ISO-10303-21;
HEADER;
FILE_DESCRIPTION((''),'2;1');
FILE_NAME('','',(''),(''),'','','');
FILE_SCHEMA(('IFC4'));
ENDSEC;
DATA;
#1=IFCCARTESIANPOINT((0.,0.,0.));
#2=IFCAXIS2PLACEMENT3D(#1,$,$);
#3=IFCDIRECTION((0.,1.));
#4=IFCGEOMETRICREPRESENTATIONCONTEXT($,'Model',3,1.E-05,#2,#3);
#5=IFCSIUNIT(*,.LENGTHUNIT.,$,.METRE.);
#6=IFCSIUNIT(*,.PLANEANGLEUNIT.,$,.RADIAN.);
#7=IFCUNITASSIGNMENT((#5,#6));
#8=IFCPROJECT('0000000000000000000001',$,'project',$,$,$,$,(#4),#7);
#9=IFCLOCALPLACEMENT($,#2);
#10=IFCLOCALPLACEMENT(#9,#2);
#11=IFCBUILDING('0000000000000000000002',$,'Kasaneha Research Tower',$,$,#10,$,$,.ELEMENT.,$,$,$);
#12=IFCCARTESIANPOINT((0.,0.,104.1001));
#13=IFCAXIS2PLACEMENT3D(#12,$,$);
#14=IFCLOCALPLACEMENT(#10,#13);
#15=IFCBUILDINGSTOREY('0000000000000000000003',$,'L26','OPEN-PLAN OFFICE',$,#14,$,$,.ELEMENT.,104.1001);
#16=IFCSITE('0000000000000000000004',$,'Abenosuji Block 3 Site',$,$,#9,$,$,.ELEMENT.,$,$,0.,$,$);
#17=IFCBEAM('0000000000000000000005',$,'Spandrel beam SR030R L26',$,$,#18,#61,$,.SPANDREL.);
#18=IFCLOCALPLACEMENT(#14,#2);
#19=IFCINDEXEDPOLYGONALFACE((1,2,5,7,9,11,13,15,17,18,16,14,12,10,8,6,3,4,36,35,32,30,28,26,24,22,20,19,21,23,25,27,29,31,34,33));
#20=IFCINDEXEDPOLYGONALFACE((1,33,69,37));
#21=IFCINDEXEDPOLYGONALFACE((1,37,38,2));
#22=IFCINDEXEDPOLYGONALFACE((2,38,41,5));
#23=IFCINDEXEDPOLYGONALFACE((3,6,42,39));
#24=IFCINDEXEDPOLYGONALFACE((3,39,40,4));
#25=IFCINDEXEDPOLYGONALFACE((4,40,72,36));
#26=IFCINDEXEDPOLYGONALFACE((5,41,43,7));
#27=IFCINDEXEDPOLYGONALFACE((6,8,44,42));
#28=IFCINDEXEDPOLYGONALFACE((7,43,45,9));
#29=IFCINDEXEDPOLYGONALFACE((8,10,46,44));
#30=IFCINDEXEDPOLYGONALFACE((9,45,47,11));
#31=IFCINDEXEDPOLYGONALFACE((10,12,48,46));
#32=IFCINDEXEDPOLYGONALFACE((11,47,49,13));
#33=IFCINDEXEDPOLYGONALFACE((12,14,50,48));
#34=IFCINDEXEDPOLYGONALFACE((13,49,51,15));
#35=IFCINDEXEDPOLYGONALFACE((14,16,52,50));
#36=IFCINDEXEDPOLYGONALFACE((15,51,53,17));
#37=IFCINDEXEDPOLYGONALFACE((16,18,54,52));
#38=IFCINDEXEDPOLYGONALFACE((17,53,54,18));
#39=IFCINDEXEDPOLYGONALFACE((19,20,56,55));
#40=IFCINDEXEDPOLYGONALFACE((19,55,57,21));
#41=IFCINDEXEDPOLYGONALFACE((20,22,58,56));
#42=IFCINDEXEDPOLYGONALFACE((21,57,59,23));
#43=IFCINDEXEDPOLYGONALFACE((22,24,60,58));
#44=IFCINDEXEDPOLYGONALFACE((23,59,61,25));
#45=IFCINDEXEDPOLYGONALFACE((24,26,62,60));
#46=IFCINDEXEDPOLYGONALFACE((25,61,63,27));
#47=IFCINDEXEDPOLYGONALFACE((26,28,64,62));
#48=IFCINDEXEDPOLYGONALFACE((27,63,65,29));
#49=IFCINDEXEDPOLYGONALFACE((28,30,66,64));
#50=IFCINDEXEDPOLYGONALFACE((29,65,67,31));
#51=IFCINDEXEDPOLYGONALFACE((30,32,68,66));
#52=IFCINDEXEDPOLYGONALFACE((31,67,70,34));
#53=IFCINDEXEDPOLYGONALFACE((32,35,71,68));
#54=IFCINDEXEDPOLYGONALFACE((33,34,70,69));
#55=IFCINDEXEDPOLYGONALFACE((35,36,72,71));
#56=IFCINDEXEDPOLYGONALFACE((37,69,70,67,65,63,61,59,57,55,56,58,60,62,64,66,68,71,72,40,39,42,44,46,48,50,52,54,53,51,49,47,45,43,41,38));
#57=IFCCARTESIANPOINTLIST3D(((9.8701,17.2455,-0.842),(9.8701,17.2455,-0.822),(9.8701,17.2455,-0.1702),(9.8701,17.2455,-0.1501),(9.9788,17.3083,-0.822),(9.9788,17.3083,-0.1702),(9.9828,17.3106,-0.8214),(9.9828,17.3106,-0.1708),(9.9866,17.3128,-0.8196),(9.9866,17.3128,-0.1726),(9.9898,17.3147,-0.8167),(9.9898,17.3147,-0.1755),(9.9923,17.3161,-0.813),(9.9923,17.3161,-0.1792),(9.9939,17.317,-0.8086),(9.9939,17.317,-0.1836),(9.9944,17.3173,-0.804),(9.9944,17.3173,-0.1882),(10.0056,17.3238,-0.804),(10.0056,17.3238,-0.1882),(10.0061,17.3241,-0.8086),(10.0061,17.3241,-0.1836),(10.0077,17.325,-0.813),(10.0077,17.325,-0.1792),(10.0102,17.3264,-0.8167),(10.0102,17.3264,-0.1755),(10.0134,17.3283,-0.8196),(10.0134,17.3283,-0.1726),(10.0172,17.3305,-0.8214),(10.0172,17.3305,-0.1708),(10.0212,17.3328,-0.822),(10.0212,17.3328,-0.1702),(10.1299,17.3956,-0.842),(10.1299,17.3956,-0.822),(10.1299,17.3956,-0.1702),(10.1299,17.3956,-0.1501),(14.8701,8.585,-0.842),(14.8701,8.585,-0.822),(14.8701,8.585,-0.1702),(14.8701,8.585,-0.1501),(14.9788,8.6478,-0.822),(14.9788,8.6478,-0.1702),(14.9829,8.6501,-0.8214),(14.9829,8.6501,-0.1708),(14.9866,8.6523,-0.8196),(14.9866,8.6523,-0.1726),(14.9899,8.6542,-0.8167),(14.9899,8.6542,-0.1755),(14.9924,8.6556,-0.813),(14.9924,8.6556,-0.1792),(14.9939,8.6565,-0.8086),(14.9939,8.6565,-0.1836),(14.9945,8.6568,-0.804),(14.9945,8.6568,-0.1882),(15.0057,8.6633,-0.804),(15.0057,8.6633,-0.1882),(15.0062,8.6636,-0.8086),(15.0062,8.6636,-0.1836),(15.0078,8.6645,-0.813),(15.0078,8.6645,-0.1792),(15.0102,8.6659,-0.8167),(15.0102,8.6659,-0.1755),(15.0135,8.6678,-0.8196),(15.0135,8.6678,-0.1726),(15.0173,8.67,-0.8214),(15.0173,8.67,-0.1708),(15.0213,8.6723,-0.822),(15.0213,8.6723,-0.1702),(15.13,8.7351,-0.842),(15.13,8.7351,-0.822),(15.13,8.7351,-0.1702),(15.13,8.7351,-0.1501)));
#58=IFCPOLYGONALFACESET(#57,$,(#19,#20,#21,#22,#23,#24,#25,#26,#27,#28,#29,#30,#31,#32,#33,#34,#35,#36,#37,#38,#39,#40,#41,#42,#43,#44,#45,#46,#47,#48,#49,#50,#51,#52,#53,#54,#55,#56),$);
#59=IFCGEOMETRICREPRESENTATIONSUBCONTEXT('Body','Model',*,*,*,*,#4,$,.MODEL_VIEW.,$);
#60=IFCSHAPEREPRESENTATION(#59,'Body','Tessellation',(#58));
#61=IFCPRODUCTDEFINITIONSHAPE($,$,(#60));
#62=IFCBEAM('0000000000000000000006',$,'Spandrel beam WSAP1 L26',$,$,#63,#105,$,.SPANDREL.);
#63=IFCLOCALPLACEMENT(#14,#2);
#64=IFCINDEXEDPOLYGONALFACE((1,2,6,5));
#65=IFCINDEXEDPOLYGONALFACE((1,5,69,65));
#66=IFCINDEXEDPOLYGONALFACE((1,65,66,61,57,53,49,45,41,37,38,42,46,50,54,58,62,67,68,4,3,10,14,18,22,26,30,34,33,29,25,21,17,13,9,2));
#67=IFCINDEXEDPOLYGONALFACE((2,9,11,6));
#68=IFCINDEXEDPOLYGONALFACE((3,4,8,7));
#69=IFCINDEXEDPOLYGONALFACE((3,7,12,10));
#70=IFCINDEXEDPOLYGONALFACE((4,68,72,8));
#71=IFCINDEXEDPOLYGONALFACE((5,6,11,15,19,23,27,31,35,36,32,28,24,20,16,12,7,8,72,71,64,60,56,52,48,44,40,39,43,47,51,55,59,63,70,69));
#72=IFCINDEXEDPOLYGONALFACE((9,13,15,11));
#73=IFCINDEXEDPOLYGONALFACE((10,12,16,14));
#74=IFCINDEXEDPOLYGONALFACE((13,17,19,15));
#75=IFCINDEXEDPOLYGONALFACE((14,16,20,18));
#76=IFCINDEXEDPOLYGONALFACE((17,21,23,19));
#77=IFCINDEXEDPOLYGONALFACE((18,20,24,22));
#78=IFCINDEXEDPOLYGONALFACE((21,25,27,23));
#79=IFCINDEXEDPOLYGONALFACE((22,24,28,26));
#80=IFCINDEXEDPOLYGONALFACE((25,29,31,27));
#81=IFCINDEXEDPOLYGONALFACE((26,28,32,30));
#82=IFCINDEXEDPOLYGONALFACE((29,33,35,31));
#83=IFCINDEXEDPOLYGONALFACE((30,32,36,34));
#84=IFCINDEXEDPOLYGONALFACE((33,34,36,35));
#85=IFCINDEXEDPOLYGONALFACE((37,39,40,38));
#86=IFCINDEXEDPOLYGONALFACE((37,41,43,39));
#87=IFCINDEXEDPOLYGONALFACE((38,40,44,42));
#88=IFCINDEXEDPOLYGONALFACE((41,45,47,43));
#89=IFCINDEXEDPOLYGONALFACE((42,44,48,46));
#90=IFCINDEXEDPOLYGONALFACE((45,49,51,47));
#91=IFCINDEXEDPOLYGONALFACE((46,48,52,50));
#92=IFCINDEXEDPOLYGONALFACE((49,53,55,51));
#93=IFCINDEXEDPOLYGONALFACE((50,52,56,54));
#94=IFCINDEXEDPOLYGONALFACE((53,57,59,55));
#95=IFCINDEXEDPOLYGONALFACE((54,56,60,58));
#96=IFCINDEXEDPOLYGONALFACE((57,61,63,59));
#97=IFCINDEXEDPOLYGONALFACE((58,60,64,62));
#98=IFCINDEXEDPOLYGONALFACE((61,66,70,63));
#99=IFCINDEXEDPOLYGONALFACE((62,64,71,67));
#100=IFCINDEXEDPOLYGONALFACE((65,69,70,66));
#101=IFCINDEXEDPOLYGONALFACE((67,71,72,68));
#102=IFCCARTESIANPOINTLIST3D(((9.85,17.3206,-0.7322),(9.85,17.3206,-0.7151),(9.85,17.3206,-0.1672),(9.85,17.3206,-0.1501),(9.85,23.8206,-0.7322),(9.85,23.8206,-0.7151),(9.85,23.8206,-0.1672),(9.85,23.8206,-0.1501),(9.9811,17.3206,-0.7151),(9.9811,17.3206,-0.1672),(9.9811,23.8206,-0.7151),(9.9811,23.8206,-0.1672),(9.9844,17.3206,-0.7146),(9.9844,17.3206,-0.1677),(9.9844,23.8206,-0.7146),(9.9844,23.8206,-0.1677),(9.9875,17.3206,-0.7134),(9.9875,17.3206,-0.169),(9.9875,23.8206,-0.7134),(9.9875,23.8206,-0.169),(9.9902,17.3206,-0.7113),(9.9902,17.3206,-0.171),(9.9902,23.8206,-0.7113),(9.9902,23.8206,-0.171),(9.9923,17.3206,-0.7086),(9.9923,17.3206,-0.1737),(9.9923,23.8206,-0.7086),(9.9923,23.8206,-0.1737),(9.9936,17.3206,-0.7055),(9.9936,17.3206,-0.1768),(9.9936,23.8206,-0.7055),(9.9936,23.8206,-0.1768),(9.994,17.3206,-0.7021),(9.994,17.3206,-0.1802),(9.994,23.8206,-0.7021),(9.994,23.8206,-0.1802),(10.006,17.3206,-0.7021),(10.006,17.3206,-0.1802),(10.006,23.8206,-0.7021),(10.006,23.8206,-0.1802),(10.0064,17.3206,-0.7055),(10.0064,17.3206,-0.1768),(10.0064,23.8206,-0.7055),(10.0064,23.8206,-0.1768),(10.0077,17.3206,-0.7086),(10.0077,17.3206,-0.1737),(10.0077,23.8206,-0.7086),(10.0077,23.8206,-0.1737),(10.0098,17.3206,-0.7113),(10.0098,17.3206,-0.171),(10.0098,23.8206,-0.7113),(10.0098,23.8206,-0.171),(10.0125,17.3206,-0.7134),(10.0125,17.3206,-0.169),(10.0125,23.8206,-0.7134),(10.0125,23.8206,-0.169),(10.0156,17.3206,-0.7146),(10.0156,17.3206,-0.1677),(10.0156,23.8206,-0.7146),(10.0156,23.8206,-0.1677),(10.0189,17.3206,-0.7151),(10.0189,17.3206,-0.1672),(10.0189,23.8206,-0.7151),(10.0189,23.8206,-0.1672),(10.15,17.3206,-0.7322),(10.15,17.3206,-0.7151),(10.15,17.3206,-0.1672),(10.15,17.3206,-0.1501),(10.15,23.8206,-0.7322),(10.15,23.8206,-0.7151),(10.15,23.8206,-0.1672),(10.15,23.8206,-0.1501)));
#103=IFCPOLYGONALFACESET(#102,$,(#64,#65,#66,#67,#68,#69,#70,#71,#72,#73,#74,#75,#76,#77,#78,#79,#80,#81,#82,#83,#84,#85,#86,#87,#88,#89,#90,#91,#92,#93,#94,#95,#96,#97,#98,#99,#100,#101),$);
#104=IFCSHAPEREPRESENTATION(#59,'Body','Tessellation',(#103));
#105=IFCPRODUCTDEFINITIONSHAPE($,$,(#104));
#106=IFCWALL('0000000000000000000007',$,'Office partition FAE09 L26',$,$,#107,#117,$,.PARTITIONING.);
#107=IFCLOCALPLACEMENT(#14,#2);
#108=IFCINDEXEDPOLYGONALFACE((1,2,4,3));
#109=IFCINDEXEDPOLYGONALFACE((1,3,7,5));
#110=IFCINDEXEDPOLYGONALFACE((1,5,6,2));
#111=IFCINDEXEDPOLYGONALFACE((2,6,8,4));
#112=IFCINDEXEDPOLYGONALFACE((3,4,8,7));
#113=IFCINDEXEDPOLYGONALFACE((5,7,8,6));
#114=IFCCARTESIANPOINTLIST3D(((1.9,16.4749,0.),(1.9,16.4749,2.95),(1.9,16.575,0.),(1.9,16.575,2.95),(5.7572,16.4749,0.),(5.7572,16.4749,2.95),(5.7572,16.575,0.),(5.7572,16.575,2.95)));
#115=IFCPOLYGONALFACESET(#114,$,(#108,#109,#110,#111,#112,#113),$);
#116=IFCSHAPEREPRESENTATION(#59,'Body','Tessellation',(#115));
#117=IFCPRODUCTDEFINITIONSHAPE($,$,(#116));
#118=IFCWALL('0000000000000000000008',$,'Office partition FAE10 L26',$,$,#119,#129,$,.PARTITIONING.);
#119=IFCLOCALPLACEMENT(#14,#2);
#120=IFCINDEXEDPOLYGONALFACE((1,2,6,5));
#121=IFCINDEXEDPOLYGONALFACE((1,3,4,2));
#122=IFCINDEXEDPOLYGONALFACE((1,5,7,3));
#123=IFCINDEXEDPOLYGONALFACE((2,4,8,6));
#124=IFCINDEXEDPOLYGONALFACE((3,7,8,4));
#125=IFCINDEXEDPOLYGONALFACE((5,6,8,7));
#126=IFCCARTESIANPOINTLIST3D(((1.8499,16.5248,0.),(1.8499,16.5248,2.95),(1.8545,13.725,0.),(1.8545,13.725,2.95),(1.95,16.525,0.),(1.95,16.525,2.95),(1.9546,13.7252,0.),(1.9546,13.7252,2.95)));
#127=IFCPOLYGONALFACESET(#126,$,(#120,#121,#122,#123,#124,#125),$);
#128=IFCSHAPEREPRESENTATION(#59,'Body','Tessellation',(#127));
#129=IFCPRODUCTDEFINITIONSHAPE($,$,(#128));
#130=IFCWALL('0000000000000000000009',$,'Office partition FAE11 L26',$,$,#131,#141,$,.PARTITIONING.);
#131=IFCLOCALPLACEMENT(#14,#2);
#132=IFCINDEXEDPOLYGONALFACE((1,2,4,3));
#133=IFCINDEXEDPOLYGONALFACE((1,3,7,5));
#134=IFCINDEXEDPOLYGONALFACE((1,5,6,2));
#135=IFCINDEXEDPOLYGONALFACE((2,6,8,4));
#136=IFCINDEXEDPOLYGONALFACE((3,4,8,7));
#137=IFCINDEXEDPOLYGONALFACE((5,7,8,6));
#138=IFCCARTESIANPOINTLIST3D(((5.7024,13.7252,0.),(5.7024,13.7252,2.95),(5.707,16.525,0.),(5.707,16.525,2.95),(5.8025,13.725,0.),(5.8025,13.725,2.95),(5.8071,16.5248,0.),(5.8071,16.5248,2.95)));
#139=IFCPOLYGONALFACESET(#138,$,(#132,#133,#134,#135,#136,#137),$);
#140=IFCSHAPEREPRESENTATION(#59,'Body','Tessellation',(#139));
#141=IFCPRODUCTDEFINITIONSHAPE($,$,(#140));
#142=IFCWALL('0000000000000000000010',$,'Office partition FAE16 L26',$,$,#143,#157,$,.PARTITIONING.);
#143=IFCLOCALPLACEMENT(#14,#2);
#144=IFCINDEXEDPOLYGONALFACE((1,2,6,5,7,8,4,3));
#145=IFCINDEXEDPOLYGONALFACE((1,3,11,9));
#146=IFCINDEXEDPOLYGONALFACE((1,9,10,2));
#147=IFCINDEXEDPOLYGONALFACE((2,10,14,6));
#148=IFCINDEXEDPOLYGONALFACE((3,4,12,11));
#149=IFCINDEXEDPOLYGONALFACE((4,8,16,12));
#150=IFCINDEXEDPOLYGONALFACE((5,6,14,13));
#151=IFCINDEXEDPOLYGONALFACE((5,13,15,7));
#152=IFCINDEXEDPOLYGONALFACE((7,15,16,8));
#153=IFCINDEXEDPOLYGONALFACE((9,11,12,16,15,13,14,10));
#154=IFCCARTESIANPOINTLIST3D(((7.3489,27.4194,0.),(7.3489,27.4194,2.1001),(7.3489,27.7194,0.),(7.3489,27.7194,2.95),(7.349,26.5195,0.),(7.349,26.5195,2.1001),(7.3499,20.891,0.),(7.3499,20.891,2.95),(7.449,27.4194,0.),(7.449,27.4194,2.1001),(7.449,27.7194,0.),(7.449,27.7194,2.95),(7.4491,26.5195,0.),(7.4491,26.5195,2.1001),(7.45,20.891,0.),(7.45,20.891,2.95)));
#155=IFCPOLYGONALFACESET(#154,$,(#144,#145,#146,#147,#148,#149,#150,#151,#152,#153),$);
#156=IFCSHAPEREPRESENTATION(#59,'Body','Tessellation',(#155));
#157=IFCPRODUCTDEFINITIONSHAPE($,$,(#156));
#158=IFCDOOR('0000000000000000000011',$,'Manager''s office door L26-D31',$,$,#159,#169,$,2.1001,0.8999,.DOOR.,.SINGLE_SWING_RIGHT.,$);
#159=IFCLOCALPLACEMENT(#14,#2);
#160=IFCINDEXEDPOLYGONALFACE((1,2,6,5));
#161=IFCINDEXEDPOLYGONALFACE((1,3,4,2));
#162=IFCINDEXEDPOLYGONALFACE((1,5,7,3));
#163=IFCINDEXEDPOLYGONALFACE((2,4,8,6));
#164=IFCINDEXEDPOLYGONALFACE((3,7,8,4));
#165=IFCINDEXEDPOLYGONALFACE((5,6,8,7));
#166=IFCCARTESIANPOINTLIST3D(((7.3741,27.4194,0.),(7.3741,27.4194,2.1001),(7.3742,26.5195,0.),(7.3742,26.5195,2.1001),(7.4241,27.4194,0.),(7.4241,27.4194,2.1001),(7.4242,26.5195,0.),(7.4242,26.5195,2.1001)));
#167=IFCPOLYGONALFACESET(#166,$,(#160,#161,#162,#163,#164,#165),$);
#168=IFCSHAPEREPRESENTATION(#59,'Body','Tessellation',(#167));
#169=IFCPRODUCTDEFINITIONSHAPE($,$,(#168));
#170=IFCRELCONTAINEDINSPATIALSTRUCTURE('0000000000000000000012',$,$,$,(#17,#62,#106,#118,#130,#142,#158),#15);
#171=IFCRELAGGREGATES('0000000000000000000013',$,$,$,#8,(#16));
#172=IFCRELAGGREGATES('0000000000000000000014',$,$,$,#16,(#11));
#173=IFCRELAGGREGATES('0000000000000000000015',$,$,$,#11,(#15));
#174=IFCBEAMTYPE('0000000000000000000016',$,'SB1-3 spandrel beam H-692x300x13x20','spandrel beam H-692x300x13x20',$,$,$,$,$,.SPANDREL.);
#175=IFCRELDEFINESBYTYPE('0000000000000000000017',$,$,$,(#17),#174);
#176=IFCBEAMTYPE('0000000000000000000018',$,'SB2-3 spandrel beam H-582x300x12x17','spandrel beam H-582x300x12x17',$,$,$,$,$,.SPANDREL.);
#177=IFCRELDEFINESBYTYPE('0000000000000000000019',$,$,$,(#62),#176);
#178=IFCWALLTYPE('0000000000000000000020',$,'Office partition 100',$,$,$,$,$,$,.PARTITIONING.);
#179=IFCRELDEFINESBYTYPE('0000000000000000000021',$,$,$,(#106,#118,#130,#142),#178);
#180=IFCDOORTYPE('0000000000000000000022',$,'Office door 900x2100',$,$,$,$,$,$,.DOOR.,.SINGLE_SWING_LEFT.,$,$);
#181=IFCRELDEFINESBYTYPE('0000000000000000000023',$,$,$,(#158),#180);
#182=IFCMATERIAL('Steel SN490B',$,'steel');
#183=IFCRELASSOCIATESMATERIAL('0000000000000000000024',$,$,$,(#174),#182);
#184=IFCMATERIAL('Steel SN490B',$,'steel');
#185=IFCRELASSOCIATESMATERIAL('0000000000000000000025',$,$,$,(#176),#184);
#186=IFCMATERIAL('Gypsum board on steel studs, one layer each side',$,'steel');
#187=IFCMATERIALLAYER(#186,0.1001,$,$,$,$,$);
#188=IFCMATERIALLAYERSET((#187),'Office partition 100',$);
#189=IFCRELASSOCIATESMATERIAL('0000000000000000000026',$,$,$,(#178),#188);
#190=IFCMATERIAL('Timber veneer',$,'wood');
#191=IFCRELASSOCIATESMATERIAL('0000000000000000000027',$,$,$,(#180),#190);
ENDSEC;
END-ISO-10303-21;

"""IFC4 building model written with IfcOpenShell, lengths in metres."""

from ifc_helpers import new_model, si_unit, direction, frame, frame_2d, origin, origin_2d, place, context, subcontext, project, spatial, rectangle, i_section, extrude, material, layer, layer_set, material_profile, profile_set, type_object, element, fill, save


model = new_model("IFC4")

# Units and contexts
model_context = context("Model", 3, precision=1e-05, world=origin(), true_north=direction((0.0, 1.0)))
body_context = subcontext(model_context, "Body", "Model", "MODEL_VIEW")
ifc_project = project(units=[si_unit("LENGTHUNIT", "METRE"), si_unit("PLANEANGLEUNIT", "RADIAN")], contexts=[model_context])

# Site, building, storey
site_placement = place(None, origin())
site = spatial("IfcSite", under=ifc_project, at=site_placement, Name="Abenosuji Block 3 Site", CompositionType="ELEMENT", RefElevation=0.0)
building_placement = place(site_placement, origin())
building = spatial("IfcBuilding", under=site, at=building_placement, Name="Kasaneha Research Tower", CompositionType="ELEMENT")
storey_placement = place(building_placement, frame((0.0, 0.0, 104.1001)))
storey = spatial("IfcBuildingStorey", under=building, at=storey_placement, Name="L26", Description="OPEN-PLAN OFFICE", CompositionType="ELEMENT", Elevation=104.1001)

# Beams
ifc_material_1 = material(Name="Steel SN490B", Category="steel")
ifc_material_profile_1 = material_profile(ifc_material_1, i_section(OverallWidth=0.3, OverallDepth=0.6919, WebThickness=0.0129, FlangeThickness=0.02, FilletRadius=0.0181, at=origin_2d()), Name="H-692x300x13x20")
ifc_profile_set_1 = profile_set([ifc_material_profile_1], Name="Steel SN490B")
beam_type_1 = type_object("IfcBeamType", Name="SB1-3 spandrel beam H-692x300x13x20", Description="spandrel beam H-692x300x13x20", PredefinedType="SPANDREL", material=ifc_profile_set_1)
beam_1_placement = place(storey_placement, frame((10.0, 17.3206, -0.4961), z_axis=(0.499994, -0.866029, 0.0), x_axis=(0.866029, 0.499994, 0.0)))
element("IfcBeam", 1, at=beam_1_placement, inside=storey, type_object=beam_type_1, Name="Spandrel beam SR030R L26", PredefinedType="SPANDREL", context=body_context, shape_type="SweptSolid", body=[
    extrude(i_section(OverallWidth=0.3, OverallDepth=0.6919, WebThickness=0.0129, FlangeThickness=0.02, FilletRadius=0.0181, at=origin_2d()), origin(), (0.0, 0.0, 1.0), 10.0002),
])
ifc_material_2 = material(Name="Steel SN490B", Category="steel")
ifc_material_profile_2 = material_profile(ifc_material_2, i_section(OverallWidth=0.3, OverallDepth=0.582, WebThickness=0.012, FlangeThickness=0.0171, FilletRadius=0.0129, at=origin_2d()), Name="H-582x300x12x17")
ifc_profile_set_2 = profile_set([ifc_material_profile_2], Name="Steel SN490B")
beam_type_2 = type_object("IfcBeamType", Name="SB2-3 spandrel beam H-582x300x12x17", Description="spandrel beam H-582x300x12x17", PredefinedType="SPANDREL", material=ifc_profile_set_2)
beam_2_placement = place(storey_placement, frame((10.0, 17.3206, -0.4412), z_axis=(0.0, 1.0, 0.0), x_axis=(-1.0, 0.0, 0.0)))
element("IfcBeam", 2, at=beam_2_placement, inside=storey, type_object=beam_type_2, Name="Spandrel beam WSAP1 L26", PredefinedType="SPANDREL", context=body_context, shape_type="SweptSolid", body=[
    extrude(i_section(OverallWidth=0.3, OverallDepth=0.582, WebThickness=0.012, FlangeThickness=0.0171, FilletRadius=0.0129, at=origin_2d()), origin(), (0.0, 0.0, 1.0), 6.5),
])

# Walls
ifc_material_3 = material(Name="Gypsum board on steel studs, one layer each side", Category="steel")
ifc_layer_1 = layer(ifc_material_3, 0.1001)
ifc_layer_set_1 = layer_set([ifc_layer_1], Name="Office partition 100")
wall_type_1 = type_object("IfcWallType", Name="Office partition 100", PredefinedType="PARTITIONING", material=ifc_layer_set_1)
wall_1_placement = place(storey_placement, frame((1.8999, 16.5249, 0.0), z_axis=(0.0, 0.0, 1.0), x_axis=(1.0, 0.0, 0.0)))
element("IfcWall", 3, at=wall_1_placement, inside=storey, type_object=wall_type_1, Name="Office partition FAE09 L26", PredefinedType="PARTITIONING", context=body_context, shape_type="SweptSolid", body=[
    extrude(rectangle(XDim=3.8572, YDim=0.1001, at=frame_2d((1.9287, 0.0))), origin(), (0.0, 0.0, 1.0), 2.95),
])
for number, where, z_axis, x_axis, name in (
    (4, (1.9045, 13.7251, 0.0), (0.0, 0.0, 1.0), (-0.001657, 0.999999, 0.0), "Office partition FAE10 L26"),
    (5, (5.7571, 16.5249, 0.0), (0.0, 0.0, 1.0), (-0.001657, -0.999999, 0.0), "Office partition FAE11 L26"),
):
    element("IfcWall", number, at=place(storey_placement, frame(where, z_axis=z_axis, x_axis=x_axis)), inside=storey, type_object=wall_type_1, Name=name, PredefinedType="PARTITIONING", context=body_context, shape_type="SweptSolid", body=[
        extrude(rectangle(XDim=2.7998, YDim=0.1001, at=frame_2d((1.3999, 0.0))), origin(), (0.0, 0.0, 1.0), 2.95),
    ])

# Wall, opening, door
wall_2_placement = place(storey_placement, frame((7.3999, 20.8911, 0.0), z_axis=(0.0, 0.0, 1.0), x_axis=(-0.000143, 1.0, 0.0)))
wall_2 = element("IfcWall", 6, at=wall_2_placement, inside=storey, type_object=wall_type_1, Name="Office partition FAE16 L26", PredefinedType="PARTITIONING", context=body_context, shape_type="SweptSolid", body=[
    extrude(rectangle(XDim=6.8284, YDim=0.1001, at=frame_2d((3.4141, 0.0))), origin(), (0.0, 0.0, 1.0), 2.95),
])
opening_1_placement = place(wall_2_placement, frame((5.6284, 0.0, 0.0)))
opening_1 = element("IfcOpeningElement", 7, at=opening_1_placement, cuts=wall_2, PredefinedType="OPENING", context=body_context, shape_type="SweptSolid", body=[
    extrude(rectangle(XDim=0.8999, YDim=2.1001, at=frame_2d((0.45, 1.05))), frame((0.0, 0.0601, 0.0), z_axis=(0.0, -1.0, 0.0), x_axis=(1.0, 0.0, 0.0)), (0.0, 0.0, 1.0), 0.1201),
])
ifc_material_4 = material(Name="Timber veneer", Category="wood")
door_type_1 = type_object("IfcDoorType", Name="Office door 900x2100", OperationType="SINGLE_SWING_LEFT", PredefinedType="DOOR", material=ifc_material_4)
door_1_placement = place(opening_1_placement, origin())
door_1 = element("IfcDoor", 8, at=door_1_placement, inside=storey, type_object=door_type_1, Name="Manager's office door L26-D31", OperationType="SINGLE_SWING_RIGHT", OverallHeight=2.1001, OverallWidth=0.8999, PredefinedType="DOOR", context=body_context, shape_type="SweptSolid", body=[
    extrude(rectangle(XDim=0.8999, YDim=2.1001, at=frame_2d((0.45, 1.05))), frame((0.0, 0.0249, 0.0), z_axis=(0.0, -1.0, 0.0), x_axis=(1.0, 0.0, 0.0)), (0.0, 0.0, 1.0), 0.05),
])
fill(opening_1, door_1)

save(model, "model.ifc")
